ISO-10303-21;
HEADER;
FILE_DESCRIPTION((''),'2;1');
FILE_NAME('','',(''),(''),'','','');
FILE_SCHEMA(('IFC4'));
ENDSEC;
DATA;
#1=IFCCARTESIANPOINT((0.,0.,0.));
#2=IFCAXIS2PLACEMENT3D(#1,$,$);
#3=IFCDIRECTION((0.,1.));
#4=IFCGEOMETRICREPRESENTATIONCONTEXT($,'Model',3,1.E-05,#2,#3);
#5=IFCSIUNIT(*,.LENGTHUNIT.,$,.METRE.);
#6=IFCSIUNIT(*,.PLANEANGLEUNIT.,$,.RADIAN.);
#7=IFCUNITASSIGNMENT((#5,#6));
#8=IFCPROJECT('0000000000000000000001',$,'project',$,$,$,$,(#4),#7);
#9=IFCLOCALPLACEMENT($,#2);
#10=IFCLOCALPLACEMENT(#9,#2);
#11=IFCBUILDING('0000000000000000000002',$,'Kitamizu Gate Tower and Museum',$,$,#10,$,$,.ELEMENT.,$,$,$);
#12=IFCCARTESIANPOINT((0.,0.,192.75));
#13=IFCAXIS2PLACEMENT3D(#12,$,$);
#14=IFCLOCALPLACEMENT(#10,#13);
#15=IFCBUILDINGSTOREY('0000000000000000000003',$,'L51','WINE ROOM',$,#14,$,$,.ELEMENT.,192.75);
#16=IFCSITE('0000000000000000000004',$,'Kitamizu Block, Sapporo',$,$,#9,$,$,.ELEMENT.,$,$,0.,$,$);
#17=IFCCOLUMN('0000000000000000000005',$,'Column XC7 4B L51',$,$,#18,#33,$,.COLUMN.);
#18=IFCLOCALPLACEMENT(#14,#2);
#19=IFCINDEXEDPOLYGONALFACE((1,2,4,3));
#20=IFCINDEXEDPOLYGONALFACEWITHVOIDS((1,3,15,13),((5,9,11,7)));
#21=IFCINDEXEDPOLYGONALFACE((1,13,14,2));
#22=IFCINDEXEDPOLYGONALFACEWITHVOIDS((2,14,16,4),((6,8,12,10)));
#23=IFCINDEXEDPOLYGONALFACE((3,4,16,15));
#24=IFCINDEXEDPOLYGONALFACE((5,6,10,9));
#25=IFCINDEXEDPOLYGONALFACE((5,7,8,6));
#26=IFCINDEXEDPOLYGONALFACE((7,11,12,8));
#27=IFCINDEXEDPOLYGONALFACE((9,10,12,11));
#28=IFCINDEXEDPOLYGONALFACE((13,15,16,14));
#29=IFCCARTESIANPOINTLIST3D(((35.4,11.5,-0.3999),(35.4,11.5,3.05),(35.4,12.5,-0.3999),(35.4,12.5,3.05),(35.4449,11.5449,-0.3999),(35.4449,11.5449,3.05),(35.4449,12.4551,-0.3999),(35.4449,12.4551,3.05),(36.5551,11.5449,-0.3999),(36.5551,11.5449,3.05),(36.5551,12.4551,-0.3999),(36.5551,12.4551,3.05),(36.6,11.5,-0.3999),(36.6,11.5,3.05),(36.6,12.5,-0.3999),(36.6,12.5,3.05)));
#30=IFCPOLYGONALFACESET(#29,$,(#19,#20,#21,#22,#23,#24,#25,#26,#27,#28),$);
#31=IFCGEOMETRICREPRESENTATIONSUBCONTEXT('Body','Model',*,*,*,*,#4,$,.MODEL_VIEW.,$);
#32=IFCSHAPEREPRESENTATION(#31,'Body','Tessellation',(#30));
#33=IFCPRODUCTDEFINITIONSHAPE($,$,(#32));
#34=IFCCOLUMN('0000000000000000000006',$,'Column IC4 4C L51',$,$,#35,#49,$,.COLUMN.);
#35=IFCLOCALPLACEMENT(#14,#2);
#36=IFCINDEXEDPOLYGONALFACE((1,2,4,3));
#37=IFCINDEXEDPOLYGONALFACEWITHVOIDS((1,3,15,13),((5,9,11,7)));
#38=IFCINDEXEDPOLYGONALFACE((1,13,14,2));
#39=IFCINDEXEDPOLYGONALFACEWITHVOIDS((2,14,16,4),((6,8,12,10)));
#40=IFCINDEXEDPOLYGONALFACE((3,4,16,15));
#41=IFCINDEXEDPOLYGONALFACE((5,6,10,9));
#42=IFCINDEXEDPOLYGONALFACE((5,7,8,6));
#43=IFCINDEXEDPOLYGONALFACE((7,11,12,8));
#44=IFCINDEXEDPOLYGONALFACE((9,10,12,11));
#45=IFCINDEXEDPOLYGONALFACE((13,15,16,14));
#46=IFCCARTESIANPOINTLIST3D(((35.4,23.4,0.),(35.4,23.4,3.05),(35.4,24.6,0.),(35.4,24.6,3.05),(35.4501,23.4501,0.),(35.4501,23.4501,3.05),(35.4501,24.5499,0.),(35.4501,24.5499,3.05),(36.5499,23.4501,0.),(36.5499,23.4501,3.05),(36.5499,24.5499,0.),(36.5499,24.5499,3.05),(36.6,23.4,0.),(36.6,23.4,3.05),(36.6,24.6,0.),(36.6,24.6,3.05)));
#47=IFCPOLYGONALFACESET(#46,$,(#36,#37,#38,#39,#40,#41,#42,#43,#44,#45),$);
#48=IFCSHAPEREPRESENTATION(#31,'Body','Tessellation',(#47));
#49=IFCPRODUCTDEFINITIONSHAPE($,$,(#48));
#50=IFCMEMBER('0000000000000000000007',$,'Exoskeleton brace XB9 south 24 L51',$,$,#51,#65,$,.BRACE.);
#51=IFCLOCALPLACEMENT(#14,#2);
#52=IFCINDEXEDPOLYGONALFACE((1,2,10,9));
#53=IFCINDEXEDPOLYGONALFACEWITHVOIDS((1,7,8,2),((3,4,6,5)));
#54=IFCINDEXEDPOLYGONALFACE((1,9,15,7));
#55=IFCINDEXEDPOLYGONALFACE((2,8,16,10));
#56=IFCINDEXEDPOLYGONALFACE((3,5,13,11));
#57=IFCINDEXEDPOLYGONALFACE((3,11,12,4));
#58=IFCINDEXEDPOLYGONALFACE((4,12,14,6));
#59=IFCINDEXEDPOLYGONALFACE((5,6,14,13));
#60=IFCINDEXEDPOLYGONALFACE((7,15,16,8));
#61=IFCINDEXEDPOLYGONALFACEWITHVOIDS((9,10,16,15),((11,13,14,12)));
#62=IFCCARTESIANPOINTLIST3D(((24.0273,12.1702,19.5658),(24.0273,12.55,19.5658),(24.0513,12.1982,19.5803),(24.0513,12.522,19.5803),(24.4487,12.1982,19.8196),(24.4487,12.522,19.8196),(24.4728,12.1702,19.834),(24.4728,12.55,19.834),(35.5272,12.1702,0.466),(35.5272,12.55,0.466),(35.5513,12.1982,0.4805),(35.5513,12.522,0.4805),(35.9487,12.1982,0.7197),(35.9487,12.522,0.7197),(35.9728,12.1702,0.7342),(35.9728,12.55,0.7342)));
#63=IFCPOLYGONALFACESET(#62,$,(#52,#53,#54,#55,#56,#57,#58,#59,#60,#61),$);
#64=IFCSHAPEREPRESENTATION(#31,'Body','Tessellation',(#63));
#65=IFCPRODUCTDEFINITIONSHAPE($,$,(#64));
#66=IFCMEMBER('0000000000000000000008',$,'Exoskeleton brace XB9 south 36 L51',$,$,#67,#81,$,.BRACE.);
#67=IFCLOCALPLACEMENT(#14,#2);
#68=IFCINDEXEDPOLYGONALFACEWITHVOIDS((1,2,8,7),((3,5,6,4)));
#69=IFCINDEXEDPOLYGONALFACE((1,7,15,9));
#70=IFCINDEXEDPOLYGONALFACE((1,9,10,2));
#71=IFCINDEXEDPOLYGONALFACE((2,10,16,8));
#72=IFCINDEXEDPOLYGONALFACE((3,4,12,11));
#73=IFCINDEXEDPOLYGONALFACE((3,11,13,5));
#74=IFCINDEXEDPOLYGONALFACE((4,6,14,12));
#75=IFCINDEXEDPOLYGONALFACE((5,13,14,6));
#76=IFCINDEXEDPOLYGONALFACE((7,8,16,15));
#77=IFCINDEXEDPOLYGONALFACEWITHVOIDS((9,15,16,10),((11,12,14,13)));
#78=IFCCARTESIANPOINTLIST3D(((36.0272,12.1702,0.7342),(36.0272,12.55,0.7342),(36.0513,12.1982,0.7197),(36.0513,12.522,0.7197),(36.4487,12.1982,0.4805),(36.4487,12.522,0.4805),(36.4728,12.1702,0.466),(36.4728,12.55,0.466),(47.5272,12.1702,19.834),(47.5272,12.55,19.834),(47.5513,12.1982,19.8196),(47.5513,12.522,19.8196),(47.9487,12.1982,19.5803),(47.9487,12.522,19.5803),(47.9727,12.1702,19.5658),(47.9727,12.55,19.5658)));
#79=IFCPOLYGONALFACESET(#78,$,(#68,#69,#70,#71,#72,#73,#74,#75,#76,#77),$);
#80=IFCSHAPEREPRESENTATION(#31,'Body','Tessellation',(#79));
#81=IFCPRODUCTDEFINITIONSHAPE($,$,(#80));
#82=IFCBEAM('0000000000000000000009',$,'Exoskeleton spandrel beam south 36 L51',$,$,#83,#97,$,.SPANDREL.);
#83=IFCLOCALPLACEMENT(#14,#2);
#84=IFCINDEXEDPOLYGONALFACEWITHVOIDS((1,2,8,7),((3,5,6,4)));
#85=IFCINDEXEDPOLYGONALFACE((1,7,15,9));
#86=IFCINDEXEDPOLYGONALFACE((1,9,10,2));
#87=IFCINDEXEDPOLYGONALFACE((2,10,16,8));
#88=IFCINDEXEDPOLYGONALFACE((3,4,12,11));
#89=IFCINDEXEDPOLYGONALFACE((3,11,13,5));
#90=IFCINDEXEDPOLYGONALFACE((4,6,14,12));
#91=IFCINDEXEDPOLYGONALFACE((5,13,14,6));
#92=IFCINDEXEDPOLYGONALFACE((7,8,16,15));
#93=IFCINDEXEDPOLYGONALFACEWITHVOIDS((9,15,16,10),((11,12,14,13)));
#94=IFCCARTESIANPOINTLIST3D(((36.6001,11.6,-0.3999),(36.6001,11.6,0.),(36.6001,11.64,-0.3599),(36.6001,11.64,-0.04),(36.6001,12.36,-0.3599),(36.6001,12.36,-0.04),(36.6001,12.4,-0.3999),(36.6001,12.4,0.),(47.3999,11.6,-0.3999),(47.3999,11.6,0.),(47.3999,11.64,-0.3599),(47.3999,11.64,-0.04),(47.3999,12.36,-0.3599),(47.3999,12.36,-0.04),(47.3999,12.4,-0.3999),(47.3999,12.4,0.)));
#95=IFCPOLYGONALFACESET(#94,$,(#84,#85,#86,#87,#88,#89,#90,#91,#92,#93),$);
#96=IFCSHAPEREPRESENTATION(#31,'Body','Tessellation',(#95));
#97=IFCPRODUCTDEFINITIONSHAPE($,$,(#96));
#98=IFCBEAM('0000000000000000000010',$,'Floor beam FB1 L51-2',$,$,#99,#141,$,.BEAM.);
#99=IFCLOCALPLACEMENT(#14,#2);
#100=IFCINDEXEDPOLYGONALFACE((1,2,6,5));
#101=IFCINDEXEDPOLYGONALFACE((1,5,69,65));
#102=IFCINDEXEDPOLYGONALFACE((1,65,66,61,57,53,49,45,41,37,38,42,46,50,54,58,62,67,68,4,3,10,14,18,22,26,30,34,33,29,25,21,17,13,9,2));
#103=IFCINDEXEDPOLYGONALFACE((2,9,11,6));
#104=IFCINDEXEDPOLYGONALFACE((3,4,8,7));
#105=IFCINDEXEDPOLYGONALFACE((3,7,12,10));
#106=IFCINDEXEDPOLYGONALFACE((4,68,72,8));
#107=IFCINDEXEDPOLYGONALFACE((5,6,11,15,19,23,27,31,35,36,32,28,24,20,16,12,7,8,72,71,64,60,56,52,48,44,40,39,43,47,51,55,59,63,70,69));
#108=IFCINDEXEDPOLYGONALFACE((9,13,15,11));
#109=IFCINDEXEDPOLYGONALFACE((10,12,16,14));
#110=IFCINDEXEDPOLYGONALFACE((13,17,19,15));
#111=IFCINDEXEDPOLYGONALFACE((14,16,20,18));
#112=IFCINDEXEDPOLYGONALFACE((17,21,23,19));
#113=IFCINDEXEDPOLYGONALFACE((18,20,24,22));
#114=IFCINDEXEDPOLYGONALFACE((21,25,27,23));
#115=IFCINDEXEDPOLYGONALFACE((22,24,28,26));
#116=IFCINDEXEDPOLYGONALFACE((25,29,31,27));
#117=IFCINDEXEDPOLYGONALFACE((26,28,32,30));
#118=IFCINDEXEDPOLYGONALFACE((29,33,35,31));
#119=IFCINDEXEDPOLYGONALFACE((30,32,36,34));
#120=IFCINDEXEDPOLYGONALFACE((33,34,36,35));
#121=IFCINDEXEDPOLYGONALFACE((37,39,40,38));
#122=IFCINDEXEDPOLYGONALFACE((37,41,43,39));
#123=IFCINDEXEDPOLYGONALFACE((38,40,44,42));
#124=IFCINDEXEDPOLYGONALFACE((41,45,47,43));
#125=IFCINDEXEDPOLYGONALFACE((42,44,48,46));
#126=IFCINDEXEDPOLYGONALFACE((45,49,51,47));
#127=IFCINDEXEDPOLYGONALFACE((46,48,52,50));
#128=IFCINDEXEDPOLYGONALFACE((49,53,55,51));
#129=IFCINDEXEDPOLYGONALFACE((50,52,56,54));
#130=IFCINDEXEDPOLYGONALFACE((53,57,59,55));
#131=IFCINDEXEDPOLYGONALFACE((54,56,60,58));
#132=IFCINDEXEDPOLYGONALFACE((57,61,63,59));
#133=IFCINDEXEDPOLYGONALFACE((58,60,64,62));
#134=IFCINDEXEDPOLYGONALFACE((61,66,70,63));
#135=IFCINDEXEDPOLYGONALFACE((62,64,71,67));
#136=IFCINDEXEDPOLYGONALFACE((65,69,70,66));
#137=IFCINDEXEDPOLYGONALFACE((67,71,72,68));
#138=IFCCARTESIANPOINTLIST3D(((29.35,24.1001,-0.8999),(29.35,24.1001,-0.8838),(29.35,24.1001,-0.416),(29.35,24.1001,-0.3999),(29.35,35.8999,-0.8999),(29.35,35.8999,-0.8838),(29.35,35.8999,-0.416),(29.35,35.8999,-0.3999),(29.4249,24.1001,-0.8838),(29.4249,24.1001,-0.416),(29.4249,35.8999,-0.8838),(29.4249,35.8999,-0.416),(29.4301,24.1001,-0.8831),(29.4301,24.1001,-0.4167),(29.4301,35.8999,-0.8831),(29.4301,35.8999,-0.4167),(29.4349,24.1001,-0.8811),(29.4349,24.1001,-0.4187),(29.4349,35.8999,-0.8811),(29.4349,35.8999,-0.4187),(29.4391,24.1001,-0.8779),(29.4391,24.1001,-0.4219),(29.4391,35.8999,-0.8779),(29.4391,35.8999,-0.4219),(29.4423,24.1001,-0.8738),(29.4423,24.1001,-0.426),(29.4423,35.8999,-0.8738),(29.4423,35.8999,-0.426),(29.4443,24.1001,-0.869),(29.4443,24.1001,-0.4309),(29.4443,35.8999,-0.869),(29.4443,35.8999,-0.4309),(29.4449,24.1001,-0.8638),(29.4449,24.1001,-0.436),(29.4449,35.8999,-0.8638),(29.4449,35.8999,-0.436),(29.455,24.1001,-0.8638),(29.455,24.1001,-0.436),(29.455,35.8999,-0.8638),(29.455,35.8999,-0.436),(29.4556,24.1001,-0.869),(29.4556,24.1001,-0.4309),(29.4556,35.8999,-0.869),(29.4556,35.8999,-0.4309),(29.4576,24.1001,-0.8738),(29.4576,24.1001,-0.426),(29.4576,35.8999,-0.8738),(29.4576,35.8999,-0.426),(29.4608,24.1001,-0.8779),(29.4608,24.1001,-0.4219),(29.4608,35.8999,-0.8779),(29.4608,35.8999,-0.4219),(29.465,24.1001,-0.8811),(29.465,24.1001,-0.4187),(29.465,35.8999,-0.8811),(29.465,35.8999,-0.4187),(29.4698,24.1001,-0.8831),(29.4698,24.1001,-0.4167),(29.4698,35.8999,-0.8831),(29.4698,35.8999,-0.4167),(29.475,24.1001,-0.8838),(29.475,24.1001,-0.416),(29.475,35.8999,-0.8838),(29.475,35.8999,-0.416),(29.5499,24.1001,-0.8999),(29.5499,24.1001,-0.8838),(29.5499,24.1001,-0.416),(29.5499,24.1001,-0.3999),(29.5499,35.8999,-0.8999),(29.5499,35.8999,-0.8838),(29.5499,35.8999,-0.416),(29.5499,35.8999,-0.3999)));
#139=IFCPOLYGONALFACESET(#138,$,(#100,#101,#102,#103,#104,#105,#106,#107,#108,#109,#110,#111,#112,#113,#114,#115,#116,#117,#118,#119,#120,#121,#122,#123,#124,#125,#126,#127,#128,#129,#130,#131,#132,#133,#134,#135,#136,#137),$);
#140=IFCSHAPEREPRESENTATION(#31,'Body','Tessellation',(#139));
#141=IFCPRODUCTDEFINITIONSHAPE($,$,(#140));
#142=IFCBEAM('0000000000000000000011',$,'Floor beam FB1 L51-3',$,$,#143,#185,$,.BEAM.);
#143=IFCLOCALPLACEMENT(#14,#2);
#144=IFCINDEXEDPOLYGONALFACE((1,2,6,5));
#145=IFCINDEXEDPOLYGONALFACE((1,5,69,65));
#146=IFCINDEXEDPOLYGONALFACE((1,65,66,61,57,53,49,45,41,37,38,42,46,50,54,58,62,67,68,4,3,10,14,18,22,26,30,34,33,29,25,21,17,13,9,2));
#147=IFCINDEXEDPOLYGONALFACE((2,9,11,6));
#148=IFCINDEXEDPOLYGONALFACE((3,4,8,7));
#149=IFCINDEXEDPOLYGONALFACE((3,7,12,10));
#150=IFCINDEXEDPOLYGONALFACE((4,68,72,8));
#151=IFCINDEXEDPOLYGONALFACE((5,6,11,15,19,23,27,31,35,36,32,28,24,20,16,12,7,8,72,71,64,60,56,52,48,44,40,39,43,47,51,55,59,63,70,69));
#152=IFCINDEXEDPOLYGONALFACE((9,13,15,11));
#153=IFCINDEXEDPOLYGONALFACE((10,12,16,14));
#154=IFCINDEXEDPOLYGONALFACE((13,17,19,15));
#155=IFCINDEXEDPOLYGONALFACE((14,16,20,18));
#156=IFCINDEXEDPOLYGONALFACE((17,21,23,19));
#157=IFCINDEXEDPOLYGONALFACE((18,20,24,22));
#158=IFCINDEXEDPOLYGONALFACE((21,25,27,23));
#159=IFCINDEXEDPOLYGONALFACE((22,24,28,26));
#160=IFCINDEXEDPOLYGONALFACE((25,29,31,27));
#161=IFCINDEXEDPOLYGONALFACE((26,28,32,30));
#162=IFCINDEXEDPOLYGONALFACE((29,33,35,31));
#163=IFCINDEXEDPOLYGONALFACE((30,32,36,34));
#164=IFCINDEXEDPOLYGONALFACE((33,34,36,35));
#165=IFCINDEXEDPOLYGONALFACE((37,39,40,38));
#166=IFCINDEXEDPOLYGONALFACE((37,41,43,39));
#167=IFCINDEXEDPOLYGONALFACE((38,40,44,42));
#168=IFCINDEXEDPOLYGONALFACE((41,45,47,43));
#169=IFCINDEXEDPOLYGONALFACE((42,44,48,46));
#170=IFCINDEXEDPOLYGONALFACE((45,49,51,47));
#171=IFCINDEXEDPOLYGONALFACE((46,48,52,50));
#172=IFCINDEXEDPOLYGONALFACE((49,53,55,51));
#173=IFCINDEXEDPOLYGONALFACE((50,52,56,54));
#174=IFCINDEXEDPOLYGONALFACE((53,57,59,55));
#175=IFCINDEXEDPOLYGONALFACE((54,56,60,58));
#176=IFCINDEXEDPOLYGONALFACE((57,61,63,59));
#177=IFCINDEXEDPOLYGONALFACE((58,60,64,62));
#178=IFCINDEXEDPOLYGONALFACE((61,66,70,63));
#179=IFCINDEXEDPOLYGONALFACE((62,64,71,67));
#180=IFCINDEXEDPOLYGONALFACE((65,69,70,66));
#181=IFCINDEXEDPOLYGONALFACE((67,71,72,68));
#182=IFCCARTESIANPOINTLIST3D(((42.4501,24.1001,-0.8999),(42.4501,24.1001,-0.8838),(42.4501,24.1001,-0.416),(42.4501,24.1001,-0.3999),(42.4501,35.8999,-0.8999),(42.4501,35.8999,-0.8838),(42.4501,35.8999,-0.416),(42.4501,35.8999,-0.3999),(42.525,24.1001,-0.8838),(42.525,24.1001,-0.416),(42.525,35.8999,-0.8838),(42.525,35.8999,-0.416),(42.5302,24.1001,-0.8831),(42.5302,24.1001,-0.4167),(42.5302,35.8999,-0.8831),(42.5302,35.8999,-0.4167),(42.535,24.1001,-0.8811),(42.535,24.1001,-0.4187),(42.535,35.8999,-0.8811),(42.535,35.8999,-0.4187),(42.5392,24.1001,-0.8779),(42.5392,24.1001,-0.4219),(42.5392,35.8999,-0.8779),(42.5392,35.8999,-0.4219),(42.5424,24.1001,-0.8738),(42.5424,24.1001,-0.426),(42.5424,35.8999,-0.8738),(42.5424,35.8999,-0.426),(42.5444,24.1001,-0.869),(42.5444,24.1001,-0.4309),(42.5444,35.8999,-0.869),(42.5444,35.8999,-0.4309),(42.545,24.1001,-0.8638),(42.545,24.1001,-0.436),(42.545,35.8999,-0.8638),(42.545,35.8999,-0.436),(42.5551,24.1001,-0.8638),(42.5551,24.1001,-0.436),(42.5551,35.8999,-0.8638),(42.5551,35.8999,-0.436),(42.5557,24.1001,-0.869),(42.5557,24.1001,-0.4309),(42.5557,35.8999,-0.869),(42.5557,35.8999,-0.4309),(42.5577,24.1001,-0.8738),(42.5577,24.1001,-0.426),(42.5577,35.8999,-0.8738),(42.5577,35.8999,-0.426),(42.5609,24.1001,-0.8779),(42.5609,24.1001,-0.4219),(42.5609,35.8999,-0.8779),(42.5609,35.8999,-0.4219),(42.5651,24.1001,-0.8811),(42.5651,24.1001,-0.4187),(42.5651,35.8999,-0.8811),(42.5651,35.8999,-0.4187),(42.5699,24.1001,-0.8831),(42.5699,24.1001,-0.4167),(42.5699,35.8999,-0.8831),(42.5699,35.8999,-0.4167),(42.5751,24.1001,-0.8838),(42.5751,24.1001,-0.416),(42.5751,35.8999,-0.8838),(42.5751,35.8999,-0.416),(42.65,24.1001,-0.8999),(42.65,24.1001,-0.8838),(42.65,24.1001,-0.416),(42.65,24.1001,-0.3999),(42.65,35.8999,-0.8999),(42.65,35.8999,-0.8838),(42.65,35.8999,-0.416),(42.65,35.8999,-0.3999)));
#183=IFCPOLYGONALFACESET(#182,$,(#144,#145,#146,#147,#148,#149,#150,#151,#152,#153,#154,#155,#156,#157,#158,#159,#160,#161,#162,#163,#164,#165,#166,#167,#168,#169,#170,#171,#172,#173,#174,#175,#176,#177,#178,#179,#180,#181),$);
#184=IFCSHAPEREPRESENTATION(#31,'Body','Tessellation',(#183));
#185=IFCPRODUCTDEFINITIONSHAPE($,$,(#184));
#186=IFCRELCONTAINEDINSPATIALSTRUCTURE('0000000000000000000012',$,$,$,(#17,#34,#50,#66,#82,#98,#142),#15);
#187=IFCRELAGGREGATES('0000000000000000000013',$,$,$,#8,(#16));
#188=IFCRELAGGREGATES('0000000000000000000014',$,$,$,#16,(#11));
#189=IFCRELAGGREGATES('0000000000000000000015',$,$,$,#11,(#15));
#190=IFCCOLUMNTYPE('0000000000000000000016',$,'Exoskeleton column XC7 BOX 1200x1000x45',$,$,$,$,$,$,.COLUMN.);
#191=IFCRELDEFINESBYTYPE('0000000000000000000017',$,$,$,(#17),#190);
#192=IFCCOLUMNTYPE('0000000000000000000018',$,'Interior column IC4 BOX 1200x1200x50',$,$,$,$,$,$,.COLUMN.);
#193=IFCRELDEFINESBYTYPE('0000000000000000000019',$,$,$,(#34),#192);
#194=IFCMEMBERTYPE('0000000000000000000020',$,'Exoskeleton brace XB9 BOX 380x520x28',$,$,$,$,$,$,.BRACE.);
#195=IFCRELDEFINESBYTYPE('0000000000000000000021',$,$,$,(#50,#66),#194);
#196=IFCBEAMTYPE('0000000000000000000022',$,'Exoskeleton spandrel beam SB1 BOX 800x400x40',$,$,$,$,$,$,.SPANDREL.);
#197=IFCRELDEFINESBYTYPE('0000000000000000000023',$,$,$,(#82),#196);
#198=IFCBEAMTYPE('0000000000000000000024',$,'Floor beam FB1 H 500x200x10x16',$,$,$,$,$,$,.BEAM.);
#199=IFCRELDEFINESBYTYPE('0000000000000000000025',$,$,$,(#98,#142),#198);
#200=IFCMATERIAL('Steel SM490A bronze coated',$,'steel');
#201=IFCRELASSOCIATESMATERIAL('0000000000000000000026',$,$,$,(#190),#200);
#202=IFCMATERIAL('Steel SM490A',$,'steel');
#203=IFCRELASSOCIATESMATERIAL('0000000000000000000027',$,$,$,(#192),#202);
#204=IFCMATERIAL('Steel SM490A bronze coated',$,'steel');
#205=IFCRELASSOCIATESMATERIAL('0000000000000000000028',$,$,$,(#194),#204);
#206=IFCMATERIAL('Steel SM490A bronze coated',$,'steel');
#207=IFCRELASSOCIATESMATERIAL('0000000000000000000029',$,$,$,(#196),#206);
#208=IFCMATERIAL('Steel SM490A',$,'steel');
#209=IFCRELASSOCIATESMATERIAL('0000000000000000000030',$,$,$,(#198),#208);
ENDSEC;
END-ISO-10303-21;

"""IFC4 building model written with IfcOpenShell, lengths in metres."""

from ifc_helpers import new_model, si_unit, direction, frame, origin, origin_2d, place, context, subcontext, project, spatial, hollow_rectangle, i_section, extrude, material, material_profile, profile_set, type_object, element, save


model = new_model("IFC4")

# Units and contexts
model_context = context("Model", 3, precision=1e-05, world=origin(), true_north=direction((0.0, 1.0)))
body_context = subcontext(model_context, "Body", "Model", "MODEL_VIEW")
ifc_project = project(units=[si_unit("LENGTHUNIT", "METRE"), si_unit("PLANEANGLEUNIT", "RADIAN")], contexts=[model_context])

# Site, building, storey
site_placement = place(None, origin())
site = spatial("IfcSite", under=ifc_project, at=site_placement, Name="Kitamizu Block, Sapporo", CompositionType="ELEMENT", RefElevation=0.0)
building_placement = place(site_placement, origin())
building = spatial("IfcBuilding", under=site, at=building_placement, Name="Kitamizu Gate Tower and Museum", CompositionType="ELEMENT")
storey_placement = place(building_placement, frame((0.0, 0.0, 192.75)))
storey = spatial("IfcBuildingStorey", under=building, at=storey_placement, Name="L51", Description="WINE ROOM", CompositionType="ELEMENT", Elevation=192.75)

# Columns
ifc_material_1 = material(Name="Steel SM490A bronze coated", Category="steel")
ifc_material_profile_1 = material_profile(ifc_material_1, hollow_rectangle(XDim=1.2, YDim=1.0, WallThickness=0.0449, at=origin_2d()), Name="BOX 1200x1000x45")
ifc_profile_set_1 = profile_set([ifc_material_profile_1], Name="Steel SM490A bronze coated")
column_type_1 = type_object("IfcColumnType", Name="Exoskeleton column XC7 BOX 1200x1000x45", PredefinedType="COLUMN", material=ifc_profile_set_1)
column_1_placement = place(storey_placement, frame((36.0, 12.0, -0.3999), z_axis=(0.0, 0.0, 1.0), x_axis=(1.0, 0.0, 0.0)))
element("IfcColumn", 1, at=column_1_placement, inside=storey, type_object=column_type_1, Name="Column XC7 4B L51", PredefinedType="COLUMN", context=body_context, shape_type="SweptSolid", body=[
    extrude(hollow_rectangle(XDim=1.2, YDim=1.0, WallThickness=0.0449, at=origin_2d()), origin(), (0.0, 0.0, 1.0), 3.45),
])
ifc_material_2 = material(Name="Steel SM490A", Category="steel")
ifc_material_profile_2 = material_profile(ifc_material_2, hollow_rectangle(XDim=1.2, YDim=1.2, WallThickness=0.05, at=origin_2d()), Name="BOX 1200x1200x50")
ifc_profile_set_2 = profile_set([ifc_material_profile_2], Name="Steel SM490A")
column_type_2 = type_object("IfcColumnType", Name="Interior column IC4 BOX 1200x1200x50", PredefinedType="COLUMN", material=ifc_profile_set_2)
column_2_placement = place(storey_placement, frame((36.0, 24.0, 0.0), z_axis=(0.0, 0.0, 1.0), x_axis=(1.0, 0.0, 0.0)))
element("IfcColumn", 2, at=column_2_placement, inside=storey, type_object=column_type_2, Name="Column IC4 4C L51", PredefinedType="COLUMN", context=body_context, shape_type="SweptSolid", body=[
    extrude(hollow_rectangle(XDim=1.2, YDim=1.2, WallThickness=0.05, at=origin_2d()), origin(), (0.0, 0.0, 1.0), 3.05),
])

# Members
ifc_material_3 = material(Name="Steel SM490A bronze coated", Category="steel")
ifc_material_profile_3 = material_profile(ifc_material_3, hollow_rectangle(XDim=0.3799, YDim=0.52, WallThickness=0.0281, at=origin_2d()), Name="BOX 380x520x28")
ifc_profile_set_3 = profile_set([ifc_material_profile_3], Name="Steel SM490A bronze coated")
member_type = type_object("IfcMemberType", Name="Exoskeleton brace XB9 BOX 380x520x28", PredefinedType="BRACE", material=ifc_profile_set_3)
for number, where, z_axis, x_axis, name in (
    (3, (35.75, 12.3601, 0.6001), (-0.515817, 0.0, 0.856699), (0.0, -1.0, 0.0), "Exoskeleton brace XB9 south 24 L51"),
    (4, (36.25, 12.3601, 0.6001), (0.515817, 0.0, 0.856699), (0.0, 1.0, 0.0), "Exoskeleton brace XB9 south 36 L51"),
):
    element("IfcMember", number, at=place(storey_placement, frame(where, z_axis=z_axis, x_axis=x_axis)), inside=storey, type_object=member_type, Name=name, PredefinedType="BRACE", context=body_context, shape_type="SweptSolid", body=[
        extrude(hollow_rectangle(XDim=0.3799, YDim=0.52, WallThickness=0.0281, at=origin_2d()), origin(), (0.0, 0.0, 1.0), 22.2947),
    ])

# Beams
ifc_material_4 = material(Name="Steel SM490A bronze coated", Category="steel")
ifc_material_profile_4 = material_profile(ifc_material_4, hollow_rectangle(XDim=0.8, YDim=0.3999, WallThickness=0.04, at=origin_2d()), Name="BOX 800x400x40")
ifc_profile_set_4 = profile_set([ifc_material_profile_4], Name="Steel SM490A bronze coated")
beam_type_1 = type_object("IfcBeamType", Name="Exoskeleton spandrel beam SB1 BOX 800x400x40", PredefinedType="SPANDREL", material=ifc_profile_set_4)
beam_1_placement = place(storey_placement, frame((36.6001, 12.0, -0.2), z_axis=(1.0, 0.0, 0.0), x_axis=(0.0, 1.0, 0.0)))
element("IfcBeam", 5, at=beam_1_placement, inside=storey, type_object=beam_type_1, Name="Exoskeleton spandrel beam south 36 L51", PredefinedType="SPANDREL", context=body_context, shape_type="SweptSolid", body=[
    extrude(hollow_rectangle(XDim=0.8, YDim=0.3999, WallThickness=0.04, at=origin_2d()), origin(), (0.0, 0.0, 1.0), 10.7998),
])
ifc_material_5 = material(Name="Steel SM490A", Category="steel")
ifc_material_profile_5 = material_profile(ifc_material_5, i_section(OverallWidth=0.2, OverallDepth=0.5, WebThickness=0.01, FlangeThickness=0.0161, FilletRadius=0.02, at=origin_2d()), Name="H-500x200x10x16")
ifc_profile_set_5 = profile_set([ifc_material_profile_5], Name="Steel SM490A")
beam_type_2 = type_object("IfcBeamType", Name="Floor beam FB1 H 500x200x10x16", PredefinedType="BEAM", material=ifc_profile_set_5)
for number, where, z_axis, x_axis, name in (
    (6, (29.45, 24.1001, -0.6499), (0.0, 1.0, 0.0), (-1.0, 0.0, 0.0), "Floor beam FB1 L51-2"),
    (7, (42.55, 24.1001, -0.6499), (0.0, 1.0, 0.0), (-1.0, 0.0, 0.0), "Floor beam FB1 L51-3"),
):
    element("IfcBeam", number, at=place(storey_placement, frame(where, z_axis=z_axis, x_axis=x_axis)), inside=storey, type_object=beam_type_2, Name=name, PredefinedType="BEAM", context=body_context, shape_type="SweptSolid", body=[
        extrude(i_section(OverallWidth=0.2, OverallDepth=0.5, WebThickness=0.01, FlangeThickness=0.0161, FilletRadius=0.02, at=origin_2d()), origin(), (0.0, 0.0, 1.0), 11.7998),
    ])

save(model, "model.ifc")
